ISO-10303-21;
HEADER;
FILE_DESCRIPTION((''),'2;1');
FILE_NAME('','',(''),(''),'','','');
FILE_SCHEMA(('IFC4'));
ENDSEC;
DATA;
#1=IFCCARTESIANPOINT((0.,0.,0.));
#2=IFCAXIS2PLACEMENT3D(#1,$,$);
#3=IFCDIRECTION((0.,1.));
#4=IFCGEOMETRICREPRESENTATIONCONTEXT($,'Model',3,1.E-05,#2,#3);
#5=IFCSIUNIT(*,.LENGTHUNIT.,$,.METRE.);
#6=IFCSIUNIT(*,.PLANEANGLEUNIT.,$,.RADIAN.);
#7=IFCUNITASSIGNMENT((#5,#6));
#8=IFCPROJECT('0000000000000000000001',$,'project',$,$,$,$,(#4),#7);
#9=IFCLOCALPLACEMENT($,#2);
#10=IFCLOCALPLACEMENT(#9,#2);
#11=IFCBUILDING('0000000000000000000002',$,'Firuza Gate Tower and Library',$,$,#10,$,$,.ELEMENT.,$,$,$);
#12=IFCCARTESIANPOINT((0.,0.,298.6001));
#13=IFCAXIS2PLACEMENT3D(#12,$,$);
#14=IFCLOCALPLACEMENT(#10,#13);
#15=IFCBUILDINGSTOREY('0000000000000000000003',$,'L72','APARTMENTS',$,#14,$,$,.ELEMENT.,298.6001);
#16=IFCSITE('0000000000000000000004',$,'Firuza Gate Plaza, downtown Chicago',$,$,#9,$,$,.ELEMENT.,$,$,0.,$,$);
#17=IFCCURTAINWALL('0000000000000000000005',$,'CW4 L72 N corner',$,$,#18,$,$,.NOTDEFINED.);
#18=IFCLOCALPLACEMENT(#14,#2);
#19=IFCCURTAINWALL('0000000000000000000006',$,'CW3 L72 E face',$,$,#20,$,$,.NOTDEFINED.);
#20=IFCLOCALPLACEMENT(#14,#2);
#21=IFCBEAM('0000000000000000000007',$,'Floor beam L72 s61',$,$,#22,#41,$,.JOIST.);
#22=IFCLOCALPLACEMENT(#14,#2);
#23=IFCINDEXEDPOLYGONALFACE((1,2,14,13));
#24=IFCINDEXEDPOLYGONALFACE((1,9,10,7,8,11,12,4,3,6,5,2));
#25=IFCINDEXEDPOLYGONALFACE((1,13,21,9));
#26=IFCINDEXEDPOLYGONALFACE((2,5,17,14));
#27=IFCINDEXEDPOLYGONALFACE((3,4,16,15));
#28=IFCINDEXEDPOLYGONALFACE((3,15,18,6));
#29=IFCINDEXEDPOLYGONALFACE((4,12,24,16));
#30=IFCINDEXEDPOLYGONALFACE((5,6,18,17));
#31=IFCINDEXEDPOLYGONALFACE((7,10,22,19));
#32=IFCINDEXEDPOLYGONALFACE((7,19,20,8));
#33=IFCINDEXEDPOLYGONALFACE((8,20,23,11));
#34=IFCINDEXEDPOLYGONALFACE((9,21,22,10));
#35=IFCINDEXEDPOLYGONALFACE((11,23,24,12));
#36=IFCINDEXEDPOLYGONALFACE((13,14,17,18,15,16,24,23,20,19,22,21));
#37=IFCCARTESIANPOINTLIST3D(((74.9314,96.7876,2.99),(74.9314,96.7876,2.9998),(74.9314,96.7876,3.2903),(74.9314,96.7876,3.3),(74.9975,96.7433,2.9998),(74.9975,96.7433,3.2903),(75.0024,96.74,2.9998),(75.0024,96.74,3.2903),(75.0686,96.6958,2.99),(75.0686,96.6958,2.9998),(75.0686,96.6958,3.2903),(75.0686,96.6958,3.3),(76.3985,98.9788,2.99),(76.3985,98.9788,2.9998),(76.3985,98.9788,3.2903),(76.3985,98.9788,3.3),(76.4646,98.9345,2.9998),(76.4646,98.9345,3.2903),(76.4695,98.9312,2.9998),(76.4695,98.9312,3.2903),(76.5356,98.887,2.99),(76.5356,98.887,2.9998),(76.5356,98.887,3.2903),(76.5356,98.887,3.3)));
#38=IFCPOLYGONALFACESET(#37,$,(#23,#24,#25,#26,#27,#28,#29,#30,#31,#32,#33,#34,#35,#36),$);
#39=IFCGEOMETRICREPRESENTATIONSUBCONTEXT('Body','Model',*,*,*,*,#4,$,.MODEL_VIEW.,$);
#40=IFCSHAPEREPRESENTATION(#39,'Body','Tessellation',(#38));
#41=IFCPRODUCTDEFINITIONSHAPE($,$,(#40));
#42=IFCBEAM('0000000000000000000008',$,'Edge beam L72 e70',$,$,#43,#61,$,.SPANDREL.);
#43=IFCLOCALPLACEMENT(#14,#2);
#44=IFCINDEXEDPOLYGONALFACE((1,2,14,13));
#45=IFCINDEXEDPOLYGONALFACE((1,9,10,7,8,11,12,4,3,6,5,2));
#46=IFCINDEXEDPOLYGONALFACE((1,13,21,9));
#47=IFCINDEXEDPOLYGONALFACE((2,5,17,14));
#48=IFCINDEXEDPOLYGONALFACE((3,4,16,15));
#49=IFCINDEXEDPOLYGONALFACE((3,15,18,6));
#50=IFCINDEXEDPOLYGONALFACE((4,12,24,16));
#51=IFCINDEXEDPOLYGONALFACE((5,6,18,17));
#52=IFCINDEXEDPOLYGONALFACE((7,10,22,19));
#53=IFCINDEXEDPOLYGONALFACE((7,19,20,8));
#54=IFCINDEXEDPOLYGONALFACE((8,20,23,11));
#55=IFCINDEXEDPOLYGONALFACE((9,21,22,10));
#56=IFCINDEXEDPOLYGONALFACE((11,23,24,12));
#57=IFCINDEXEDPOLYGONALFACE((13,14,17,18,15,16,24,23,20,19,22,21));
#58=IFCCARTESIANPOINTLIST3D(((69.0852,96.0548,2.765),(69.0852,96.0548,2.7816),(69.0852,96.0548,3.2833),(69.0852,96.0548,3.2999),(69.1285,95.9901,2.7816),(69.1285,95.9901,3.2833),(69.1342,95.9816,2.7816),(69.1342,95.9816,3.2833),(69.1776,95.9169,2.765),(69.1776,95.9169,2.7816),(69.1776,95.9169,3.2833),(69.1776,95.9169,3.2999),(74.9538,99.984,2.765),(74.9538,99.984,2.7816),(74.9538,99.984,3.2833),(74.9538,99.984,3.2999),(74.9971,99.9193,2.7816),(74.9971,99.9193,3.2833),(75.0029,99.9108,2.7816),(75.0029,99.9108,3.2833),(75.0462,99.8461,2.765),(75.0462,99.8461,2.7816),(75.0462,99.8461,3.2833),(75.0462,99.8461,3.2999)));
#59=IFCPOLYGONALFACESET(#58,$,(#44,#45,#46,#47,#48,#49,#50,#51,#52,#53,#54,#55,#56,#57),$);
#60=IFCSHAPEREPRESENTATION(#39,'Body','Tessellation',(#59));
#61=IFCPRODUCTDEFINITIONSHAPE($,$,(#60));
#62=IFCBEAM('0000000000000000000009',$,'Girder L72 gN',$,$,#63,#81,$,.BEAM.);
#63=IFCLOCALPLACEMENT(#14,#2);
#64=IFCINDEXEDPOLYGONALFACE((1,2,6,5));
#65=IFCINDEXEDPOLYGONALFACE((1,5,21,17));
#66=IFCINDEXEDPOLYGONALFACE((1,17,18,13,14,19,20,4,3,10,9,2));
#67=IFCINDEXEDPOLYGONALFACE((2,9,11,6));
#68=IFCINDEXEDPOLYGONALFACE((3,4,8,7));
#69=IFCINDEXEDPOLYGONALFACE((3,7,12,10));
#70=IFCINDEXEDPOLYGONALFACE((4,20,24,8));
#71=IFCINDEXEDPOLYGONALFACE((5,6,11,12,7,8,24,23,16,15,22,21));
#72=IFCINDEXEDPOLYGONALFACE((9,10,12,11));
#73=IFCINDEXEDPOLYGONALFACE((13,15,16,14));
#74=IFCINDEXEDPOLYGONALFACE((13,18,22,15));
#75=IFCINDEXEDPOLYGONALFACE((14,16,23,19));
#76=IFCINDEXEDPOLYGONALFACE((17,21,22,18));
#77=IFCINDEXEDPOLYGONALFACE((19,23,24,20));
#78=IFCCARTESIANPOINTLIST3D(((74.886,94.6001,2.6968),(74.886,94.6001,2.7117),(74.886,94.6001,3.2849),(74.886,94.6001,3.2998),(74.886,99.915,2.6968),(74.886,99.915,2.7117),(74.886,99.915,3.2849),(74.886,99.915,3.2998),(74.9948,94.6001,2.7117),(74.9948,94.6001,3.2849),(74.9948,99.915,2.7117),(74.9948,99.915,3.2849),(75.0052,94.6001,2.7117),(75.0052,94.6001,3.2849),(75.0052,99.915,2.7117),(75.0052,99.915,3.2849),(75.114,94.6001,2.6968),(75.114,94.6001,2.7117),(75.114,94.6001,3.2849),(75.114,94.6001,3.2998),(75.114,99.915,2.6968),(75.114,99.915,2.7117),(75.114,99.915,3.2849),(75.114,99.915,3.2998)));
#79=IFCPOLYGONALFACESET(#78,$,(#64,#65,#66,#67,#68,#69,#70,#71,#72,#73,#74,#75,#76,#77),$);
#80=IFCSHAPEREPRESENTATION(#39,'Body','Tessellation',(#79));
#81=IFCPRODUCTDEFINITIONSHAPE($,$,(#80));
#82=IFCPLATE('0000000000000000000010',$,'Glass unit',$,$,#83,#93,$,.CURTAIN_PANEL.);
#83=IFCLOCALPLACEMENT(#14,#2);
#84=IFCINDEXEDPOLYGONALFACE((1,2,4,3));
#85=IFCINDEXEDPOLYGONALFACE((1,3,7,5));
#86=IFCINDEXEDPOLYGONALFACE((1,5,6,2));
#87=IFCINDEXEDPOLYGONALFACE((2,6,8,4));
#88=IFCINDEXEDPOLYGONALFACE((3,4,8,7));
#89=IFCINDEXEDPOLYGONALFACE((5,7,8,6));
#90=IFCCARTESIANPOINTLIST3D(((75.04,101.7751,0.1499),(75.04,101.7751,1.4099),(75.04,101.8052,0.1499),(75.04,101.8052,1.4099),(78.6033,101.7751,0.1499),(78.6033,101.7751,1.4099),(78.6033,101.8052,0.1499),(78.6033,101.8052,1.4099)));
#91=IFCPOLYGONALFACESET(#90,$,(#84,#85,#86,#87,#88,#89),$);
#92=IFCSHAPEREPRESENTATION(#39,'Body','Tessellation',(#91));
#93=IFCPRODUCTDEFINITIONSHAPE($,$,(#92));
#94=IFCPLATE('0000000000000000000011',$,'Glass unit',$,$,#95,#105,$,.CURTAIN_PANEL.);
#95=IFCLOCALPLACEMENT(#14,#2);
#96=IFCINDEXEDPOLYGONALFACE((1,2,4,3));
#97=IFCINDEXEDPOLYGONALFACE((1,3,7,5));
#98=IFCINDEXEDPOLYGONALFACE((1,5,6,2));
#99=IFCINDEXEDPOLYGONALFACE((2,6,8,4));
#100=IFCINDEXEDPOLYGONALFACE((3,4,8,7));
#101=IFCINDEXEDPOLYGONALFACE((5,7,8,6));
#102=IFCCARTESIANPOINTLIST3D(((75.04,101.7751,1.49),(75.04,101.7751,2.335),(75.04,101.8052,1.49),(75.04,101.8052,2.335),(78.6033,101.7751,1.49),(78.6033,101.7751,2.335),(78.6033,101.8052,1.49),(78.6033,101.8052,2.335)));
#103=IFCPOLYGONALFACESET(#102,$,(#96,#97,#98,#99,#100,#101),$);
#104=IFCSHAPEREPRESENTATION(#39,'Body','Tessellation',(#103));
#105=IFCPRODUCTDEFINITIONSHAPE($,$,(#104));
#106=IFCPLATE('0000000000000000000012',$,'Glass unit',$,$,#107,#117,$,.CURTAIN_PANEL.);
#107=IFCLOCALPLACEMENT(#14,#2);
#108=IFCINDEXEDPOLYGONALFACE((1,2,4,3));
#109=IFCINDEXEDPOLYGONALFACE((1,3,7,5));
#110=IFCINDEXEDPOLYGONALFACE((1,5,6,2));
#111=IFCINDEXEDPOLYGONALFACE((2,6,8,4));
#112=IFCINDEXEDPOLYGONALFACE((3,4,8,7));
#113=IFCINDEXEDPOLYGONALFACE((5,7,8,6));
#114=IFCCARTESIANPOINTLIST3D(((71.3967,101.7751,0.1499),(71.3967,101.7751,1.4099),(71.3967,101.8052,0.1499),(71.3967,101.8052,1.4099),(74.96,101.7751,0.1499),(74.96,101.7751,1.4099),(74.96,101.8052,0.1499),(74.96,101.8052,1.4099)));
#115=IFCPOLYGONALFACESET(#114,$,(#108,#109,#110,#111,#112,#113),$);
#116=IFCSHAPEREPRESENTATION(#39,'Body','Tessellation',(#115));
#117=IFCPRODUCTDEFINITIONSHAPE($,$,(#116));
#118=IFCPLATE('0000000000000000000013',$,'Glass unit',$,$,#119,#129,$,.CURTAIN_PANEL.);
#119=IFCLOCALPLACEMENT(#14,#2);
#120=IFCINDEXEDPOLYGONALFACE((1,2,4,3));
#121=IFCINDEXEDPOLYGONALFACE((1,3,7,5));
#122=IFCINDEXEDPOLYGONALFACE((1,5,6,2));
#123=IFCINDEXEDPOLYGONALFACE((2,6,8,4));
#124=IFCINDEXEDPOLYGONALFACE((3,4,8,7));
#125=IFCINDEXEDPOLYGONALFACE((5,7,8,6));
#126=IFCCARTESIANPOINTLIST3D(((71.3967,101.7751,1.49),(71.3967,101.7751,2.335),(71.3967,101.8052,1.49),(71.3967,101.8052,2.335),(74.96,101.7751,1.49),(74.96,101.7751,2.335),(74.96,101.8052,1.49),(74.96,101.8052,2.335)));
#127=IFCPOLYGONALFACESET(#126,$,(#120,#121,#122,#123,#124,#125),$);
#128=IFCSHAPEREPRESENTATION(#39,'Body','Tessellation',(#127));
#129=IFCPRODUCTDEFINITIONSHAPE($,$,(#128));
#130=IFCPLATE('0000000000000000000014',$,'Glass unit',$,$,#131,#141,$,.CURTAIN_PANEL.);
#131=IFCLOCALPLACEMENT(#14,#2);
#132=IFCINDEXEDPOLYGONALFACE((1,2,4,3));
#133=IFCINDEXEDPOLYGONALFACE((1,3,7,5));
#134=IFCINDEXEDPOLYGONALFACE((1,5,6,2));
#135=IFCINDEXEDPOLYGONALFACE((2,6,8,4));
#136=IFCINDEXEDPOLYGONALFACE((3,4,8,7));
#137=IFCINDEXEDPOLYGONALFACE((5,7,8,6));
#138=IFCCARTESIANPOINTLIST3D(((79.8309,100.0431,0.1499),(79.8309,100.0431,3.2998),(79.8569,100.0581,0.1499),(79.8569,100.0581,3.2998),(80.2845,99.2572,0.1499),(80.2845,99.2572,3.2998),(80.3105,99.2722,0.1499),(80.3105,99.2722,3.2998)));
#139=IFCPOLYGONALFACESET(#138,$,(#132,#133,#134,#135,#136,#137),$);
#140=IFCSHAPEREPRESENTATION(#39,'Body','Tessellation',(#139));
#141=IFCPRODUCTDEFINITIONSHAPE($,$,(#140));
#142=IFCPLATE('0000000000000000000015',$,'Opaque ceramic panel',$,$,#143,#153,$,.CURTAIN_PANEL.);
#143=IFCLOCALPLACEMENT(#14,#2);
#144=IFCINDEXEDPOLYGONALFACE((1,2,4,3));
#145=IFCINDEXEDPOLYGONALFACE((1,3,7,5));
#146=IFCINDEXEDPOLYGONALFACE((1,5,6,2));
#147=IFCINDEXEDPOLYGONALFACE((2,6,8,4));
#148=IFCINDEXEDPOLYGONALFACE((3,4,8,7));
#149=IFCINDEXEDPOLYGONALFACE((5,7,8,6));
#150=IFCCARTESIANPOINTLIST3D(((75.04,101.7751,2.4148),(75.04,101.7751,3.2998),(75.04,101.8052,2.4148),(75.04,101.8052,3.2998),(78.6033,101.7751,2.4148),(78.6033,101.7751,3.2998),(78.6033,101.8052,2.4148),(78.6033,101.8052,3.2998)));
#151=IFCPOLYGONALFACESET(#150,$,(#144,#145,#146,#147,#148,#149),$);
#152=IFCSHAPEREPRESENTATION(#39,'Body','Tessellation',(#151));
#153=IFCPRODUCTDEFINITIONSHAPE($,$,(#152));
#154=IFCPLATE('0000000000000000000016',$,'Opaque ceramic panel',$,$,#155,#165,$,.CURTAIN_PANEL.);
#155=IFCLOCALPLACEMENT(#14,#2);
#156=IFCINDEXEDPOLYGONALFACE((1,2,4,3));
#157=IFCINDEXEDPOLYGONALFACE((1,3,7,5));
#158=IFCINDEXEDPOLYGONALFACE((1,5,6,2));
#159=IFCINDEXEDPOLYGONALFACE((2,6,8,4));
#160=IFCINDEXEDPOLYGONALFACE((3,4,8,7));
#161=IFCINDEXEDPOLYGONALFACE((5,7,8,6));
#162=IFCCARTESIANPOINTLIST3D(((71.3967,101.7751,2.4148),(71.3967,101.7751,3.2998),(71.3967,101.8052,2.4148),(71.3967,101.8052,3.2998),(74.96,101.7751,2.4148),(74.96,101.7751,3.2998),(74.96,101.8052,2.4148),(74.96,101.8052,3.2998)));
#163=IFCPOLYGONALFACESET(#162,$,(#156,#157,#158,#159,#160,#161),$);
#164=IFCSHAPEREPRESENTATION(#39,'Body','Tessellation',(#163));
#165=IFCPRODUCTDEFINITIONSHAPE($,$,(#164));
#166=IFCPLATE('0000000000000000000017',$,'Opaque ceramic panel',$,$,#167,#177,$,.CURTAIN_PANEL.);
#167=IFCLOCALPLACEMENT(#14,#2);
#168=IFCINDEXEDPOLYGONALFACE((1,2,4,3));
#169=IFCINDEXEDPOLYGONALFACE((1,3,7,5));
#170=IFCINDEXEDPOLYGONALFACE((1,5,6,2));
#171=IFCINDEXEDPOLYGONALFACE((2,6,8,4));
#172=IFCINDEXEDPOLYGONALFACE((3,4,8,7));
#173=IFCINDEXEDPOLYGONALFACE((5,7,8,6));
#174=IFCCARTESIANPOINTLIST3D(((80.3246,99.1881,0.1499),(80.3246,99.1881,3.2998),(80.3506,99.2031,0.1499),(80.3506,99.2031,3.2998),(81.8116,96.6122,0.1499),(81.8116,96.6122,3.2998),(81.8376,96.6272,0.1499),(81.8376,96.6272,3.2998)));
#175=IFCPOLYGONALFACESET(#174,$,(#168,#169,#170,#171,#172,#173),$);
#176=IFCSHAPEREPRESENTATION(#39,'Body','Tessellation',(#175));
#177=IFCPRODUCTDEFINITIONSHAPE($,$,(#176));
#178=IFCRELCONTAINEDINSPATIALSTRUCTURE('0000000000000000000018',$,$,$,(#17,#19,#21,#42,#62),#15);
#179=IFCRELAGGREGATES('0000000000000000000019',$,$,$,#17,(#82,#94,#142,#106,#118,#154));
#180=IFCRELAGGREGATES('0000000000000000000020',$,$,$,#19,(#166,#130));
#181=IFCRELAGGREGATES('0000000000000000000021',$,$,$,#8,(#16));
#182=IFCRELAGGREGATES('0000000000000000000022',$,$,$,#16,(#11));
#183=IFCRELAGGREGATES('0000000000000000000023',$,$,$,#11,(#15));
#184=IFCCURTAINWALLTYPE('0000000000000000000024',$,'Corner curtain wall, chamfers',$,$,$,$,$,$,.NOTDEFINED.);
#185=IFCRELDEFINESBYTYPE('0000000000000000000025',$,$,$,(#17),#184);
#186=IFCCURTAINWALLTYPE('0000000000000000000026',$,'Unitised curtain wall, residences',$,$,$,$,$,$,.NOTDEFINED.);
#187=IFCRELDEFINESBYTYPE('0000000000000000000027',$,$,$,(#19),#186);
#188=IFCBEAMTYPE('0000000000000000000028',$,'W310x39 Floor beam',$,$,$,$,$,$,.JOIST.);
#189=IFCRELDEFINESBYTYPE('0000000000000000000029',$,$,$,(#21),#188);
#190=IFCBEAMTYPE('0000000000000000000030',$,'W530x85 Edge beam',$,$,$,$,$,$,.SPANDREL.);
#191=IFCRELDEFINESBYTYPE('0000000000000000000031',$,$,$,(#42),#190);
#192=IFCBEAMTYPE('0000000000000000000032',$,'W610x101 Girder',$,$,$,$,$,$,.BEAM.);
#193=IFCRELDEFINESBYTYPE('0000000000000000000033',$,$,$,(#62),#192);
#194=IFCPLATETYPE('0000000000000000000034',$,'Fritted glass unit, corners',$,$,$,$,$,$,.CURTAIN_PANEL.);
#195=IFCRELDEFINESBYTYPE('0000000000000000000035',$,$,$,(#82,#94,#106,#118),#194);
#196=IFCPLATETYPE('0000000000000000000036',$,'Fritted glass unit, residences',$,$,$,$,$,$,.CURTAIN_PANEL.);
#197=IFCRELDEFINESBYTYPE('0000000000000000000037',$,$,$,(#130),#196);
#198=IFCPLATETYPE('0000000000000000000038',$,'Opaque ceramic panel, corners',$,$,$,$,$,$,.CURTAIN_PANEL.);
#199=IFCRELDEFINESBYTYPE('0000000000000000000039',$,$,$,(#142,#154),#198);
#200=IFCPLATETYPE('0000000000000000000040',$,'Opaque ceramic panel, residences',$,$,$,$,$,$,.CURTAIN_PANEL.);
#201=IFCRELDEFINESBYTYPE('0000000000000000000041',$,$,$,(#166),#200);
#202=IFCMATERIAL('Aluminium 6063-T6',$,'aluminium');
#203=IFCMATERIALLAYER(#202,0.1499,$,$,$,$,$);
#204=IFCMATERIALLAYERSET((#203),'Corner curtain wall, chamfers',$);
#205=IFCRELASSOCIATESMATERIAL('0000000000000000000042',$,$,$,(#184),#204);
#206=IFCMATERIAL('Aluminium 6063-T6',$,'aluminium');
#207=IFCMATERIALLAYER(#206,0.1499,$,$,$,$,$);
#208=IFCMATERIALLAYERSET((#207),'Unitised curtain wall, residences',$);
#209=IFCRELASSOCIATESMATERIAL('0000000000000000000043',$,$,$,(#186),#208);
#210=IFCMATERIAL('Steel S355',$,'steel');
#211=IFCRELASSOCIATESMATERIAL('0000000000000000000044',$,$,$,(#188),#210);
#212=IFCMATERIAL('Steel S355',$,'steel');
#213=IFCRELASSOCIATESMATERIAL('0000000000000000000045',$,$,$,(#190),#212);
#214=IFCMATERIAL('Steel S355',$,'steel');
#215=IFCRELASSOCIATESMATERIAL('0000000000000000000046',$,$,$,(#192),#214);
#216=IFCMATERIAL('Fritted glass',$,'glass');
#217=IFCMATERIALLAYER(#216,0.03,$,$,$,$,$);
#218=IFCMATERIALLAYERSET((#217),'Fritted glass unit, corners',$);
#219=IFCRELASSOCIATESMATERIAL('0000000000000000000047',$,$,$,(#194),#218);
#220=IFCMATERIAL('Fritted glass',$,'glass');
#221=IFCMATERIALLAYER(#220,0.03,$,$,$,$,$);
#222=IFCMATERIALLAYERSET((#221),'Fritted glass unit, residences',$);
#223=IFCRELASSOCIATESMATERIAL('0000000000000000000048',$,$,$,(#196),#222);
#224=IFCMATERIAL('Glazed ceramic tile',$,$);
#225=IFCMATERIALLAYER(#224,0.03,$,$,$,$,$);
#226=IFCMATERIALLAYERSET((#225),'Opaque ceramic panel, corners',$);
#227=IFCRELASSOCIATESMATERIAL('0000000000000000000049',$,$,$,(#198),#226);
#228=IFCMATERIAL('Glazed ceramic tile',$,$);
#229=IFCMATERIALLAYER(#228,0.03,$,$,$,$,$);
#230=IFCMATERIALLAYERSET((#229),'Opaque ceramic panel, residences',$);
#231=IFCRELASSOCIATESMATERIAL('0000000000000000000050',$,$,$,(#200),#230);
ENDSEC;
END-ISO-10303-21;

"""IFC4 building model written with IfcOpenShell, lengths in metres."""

from ifc_helpers import new_model, si_unit, direction, frame, origin, origin_2d, place, context, subcontext, project, spatial, polyline, i_section, outline, extrude, material, layer, layer_set, material_profile, profile_set, type_object, element, aggregate, save


model = new_model("IFC4")

# Units and contexts
model_context = context("Model", 3, precision=1e-05, world=origin(), true_north=direction((0.0, 1.0)))
body_context = subcontext(model_context, "Body", "Model", "MODEL_VIEW")
ifc_project = project(units=[si_unit("LENGTHUNIT", "METRE"), si_unit("PLANEANGLEUNIT", "RADIAN")], contexts=[model_context])

# Site, building, storey
site_placement = place(None, origin())
site = spatial("IfcSite", under=ifc_project, at=site_placement, Name="Firuza Gate Plaza, downtown Chicago", CompositionType="ELEMENT", RefElevation=0.0)
building_placement = place(site_placement, origin())
building = spatial("IfcBuilding", under=site, at=building_placement, Name="Firuza Gate Tower and Library", CompositionType="ELEMENT")
storey_placement = place(building_placement, frame((0.0, 0.0, 298.6001)))
storey = spatial("IfcBuildingStorey", under=building, at=storey_placement, Name="L72", Description="APARTMENTS", CompositionType="ELEMENT", Elevation=298.6001)

# Curtain walls
ifc_material_1 = material(Name="Aluminium 6063-T6", Category="aluminium")
ifc_layer_1 = layer(ifc_material_1, 0.1499)
ifc_layer_set_1 = layer_set([ifc_layer_1], Name="Corner curtain wall, chamfers")
curtain_wall_type_1 = type_object("IfcCurtainWallType", Name="Corner curtain wall, chamfers", PredefinedType="NOTDEFINED", material=ifc_layer_set_1)
placement = place(storey_placement, origin())
curtain_wall_1 = element("IfcCurtainWall", 1, at=placement, inside=storey, type_object=curtain_wall_type_1, Name="CW4 L72 N corner", PredefinedType="NOTDEFINED")
ifc_material_2 = material(Name="Aluminium 6063-T6", Category="aluminium")
ifc_layer_2 = layer(ifc_material_2, 0.1499)
ifc_layer_set_2 = layer_set([ifc_layer_2], Name="Unitised curtain wall, residences")
curtain_wall_type_2 = type_object("IfcCurtainWallType", Name="Unitised curtain wall, residences", PredefinedType="NOTDEFINED", material=ifc_layer_set_2)
curtain_wall_2 = element("IfcCurtainWall", 2, at=placement, inside=storey, type_object=curtain_wall_type_2, Name="CW3 L72 E face", PredefinedType="NOTDEFINED")

# Beams
ifc_material_3 = material(Name="Steel S355", Category="steel")
ifc_material_profile_1 = material_profile(ifc_material_3, i_section(OverallWidth=0.165, OverallDepth=0.3101, WebThickness=0.0059, FlangeThickness=0.0098, at=origin_2d()))
ifc_profile_set_1 = profile_set([ifc_material_profile_1], Name="Steel S355")
beam_type_1 = type_object("IfcBeamType", Name="W310x39 Floor beam", PredefinedType="JOIST", material=ifc_profile_set_1)
beam_1_placement = place(storey_placement, frame((76.467, 98.9329, 3.145), z_axis=(-0.556344, -0.830952, 0.0), x_axis=(0.830952, -0.556344, 0.0)))
element("IfcBeam", 3, at=beam_1_placement, inside=storey, type_object=beam_type_1, Name="Floor beam L72 s61", PredefinedType="JOIST", context=body_context, shape_type="SweptSolid", body=[
    extrude(i_section(OverallWidth=0.165, OverallDepth=0.3101, WebThickness=0.0059, FlangeThickness=0.0098, at=origin_2d()), origin(), (0.0, 0.0, 1.0), 2.637),
])
ifc_material_4 = material(Name="Steel S355", Category="steel")
ifc_material_profile_2 = material_profile(ifc_material_4, i_section(OverallWidth=0.166, OverallDepth=0.5349, WebThickness=0.0103, FlangeThickness=0.0166, at=origin_2d()))
ifc_profile_set_2 = profile_set([ifc_material_profile_2], Name="Steel S355")
beam_type_2 = type_object("IfcBeamType", Name="W530x85 Edge beam", PredefinedType="SPANDREL", material=ifc_profile_set_2)
beam_2_placement = place(storey_placement, frame((75.0, 99.915, 3.0325), z_axis=(-0.830953, -0.556342, 0.0), x_axis=(0.556342, -0.830953, 0.0)))
element("IfcBeam", 4, at=beam_2_placement, inside=storey, type_object=beam_type_2, Name="Edge beam L72 e70", PredefinedType="SPANDREL", context=body_context, shape_type="SweptSolid", body=[
    extrude(i_section(OverallWidth=0.166, OverallDepth=0.5349, WebThickness=0.0103, FlangeThickness=0.0166, at=origin_2d()), origin(), (0.0, 0.0, 1.0), 7.0625),
])
ifc_material_5 = material(Name="Steel S355", Category="steel")
ifc_material_profile_3 = material_profile(ifc_material_5, i_section(OverallWidth=0.228, OverallDepth=0.603, WebThickness=0.0105, FlangeThickness=0.0149, at=origin_2d()))
ifc_profile_set_3 = profile_set([ifc_material_profile_3], Name="Steel S355")
beam_type_3 = type_object("IfcBeamType", Name="W610x101 Girder", PredefinedType="BEAM", material=ifc_profile_set_3)
beam_3_placement = place(storey_placement, frame((75.0, 99.915, 2.9983), z_axis=(0.0, -1.0, 0.0), x_axis=(1.0, 0.0, 0.0)))
element("IfcBeam", 5, at=beam_3_placement, inside=storey, type_object=beam_type_3, Name="Girder L72 gN", PredefinedType="BEAM", context=body_context, shape_type="SweptSolid", body=[
    extrude(i_section(OverallWidth=0.228, OverallDepth=0.603, WebThickness=0.0105, FlangeThickness=0.0149, at=origin_2d()), origin(), (0.0, 0.0, 1.0), 5.3149),
])

# Plates
ifc_material_6 = material(Name="Fritted glass", Category="glass")
ifc_layer_3 = layer(ifc_material_6, 0.03)
ifc_layer_set_3 = layer_set([ifc_layer_3], Name="Fritted glass unit, corners")
plate_type_1 = type_object("IfcPlateType", Name="Fritted glass unit, corners", PredefinedType="CURTAIN_PANEL", material=ifc_layer_set_3)
plate_1_placement = place(storey_placement, frame((78.6033, 101.8052, 0.1499), z_axis=(0.0, 1.0, 0.0), x_axis=(-1.0, 0.0, 0.0)))
plate_1 = element("IfcPlate", 6, at=plate_1_placement, type_object=plate_type_1, Name="Glass unit", PredefinedType="CURTAIN_PANEL", context=body_context, shape_type="SweptSolid", body=[
    extrude(outline(polyline([(0.0, 0.0), (3.5632, 0.0), (3.5632, 1.26), (0.0, 1.26), (0.0, 0.0)])), origin(), (0.0, 0.0, -1.0), 0.03),
])
plate_2_placement = place(storey_placement, frame((78.6033, 101.8052, 1.49), z_axis=(0.0, 1.0, 0.0), x_axis=(-1.0, 0.0, 0.0)))
plate_2 = element("IfcPlate", 7, at=plate_2_placement, type_object=plate_type_1, Name="Glass unit", PredefinedType="CURTAIN_PANEL", context=body_context, shape_type="SweptSolid", body=[
    extrude(outline(polyline([(0.0, 0.0), (3.5632, 0.0), (3.5632, 0.845), (0.0, 0.845), (0.0, 0.0)])), origin(), (0.0, 0.0, -1.0), 0.03),
])
plate_3_placement = place(storey_placement, frame((74.96, 101.8052, 0.1499), z_axis=(0.0, 1.0, 0.0), x_axis=(-1.0, 0.0, 0.0)))
plate_3 = element("IfcPlate", 8, at=plate_3_placement, type_object=plate_type_1, Name="Glass unit", PredefinedType="CURTAIN_PANEL", context=body_context, shape_type="SweptSolid", body=[
    extrude(outline(polyline([(0.0, 0.0), (3.5632, 0.0), (3.5632, 1.26), (0.0, 1.26), (0.0, 0.0)])), origin(), (0.0, 0.0, -1.0), 0.03),
])
plate_4_placement = place(storey_placement, frame((74.96, 101.8052, 1.49), z_axis=(0.0, 1.0, 0.0), x_axis=(-1.0, 0.0, 0.0)))
plate_4 = element("IfcPlate", 9, at=plate_4_placement, type_object=plate_type_1, Name="Glass unit", PredefinedType="CURTAIN_PANEL", context=body_context, shape_type="SweptSolid", body=[
    extrude(outline(polyline([(0.0, 0.0), (3.5632, 0.0), (3.5632, 0.845), (0.0, 0.845), (0.0, 0.0)])), origin(), (0.0, 0.0, -1.0), 0.03),
])
ifc_material_7 = material(Name="Fritted glass", Category="glass")
ifc_layer_4 = layer(ifc_material_7, 0.03)
ifc_layer_set_4 = layer_set([ifc_layer_4], Name="Fritted glass unit, residences")
plate_type_2 = type_object("IfcPlateType", Name="Fritted glass unit, residences", PredefinedType="CURTAIN_PANEL", material=ifc_layer_set_4)
plate_5_placement = place(storey_placement, frame((80.3105, 99.2722, 0.1499), z_axis=(0.866083, 0.499901, 0.0), x_axis=(-0.499901, 0.866083, 0.0)))
plate_5 = element("IfcPlate", 10, at=plate_5_placement, type_object=plate_type_2, Name="Glass unit", PredefinedType="CURTAIN_PANEL", context=body_context, shape_type="SweptSolid", body=[
    extrude(outline(polyline([(0.0, 0.0), (0.9074, 0.0), (0.9074, 3.1499), (0.0, 3.1499), (0.0, 0.0)])), origin(), (0.0, 0.0, -1.0), 0.03),
])
ifc_material_8 = material(Name="Glazed ceramic tile")
ifc_layer_5 = layer(ifc_material_8, 0.03)
ifc_layer_set_5 = layer_set([ifc_layer_5], Name="Opaque ceramic panel, corners")
plate_type_3 = type_object("IfcPlateType", Name="Opaque ceramic panel, corners", PredefinedType="CURTAIN_PANEL", material=ifc_layer_set_5)
plate_6_placement = place(storey_placement, frame((78.6033, 101.8052, 2.4148), z_axis=(0.0, 1.0, 0.0), x_axis=(-1.0, 0.0, 0.0)))
plate_6 = element("IfcPlate", 11, at=plate_6_placement, type_object=plate_type_3, Name="Opaque ceramic panel", PredefinedType="CURTAIN_PANEL", context=body_context, shape_type="SweptSolid", body=[
    extrude(outline(polyline([(0.0, 0.0), (3.5632, 0.0), (3.5632, 0.885), (0.0, 0.885), (0.0, 0.0)])), origin(), (0.0, 0.0, -1.0), 0.03),
])
plate_7_placement = place(storey_placement, frame((74.96, 101.8052, 2.4148), z_axis=(0.0, 1.0, 0.0), x_axis=(-1.0, 0.0, 0.0)))
plate_7 = element("IfcPlate", 12, at=plate_7_placement, type_object=plate_type_3, Name="Opaque ceramic panel", PredefinedType="CURTAIN_PANEL", context=body_context, shape_type="SweptSolid", body=[
    extrude(outline(polyline([(0.0, 0.0), (3.5632, 0.0), (3.5632, 0.885), (0.0, 0.885), (0.0, 0.0)])), origin(), (0.0, 0.0, -1.0), 0.03),
])
aggregate(curtain_wall_1, [plate_1, plate_2, plate_6, plate_3, plate_4, plate_7])
ifc_material_9 = material(Name="Glazed ceramic tile")
ifc_layer_6 = layer(ifc_material_9, 0.03)
ifc_layer_set_6 = layer_set([ifc_layer_6], Name="Opaque ceramic panel, residences")
plate_type_4 = type_object("IfcPlateType", Name="Opaque ceramic panel, residences", PredefinedType="CURTAIN_PANEL", material=ifc_layer_set_6)
plate_8_placement = place(storey_placement, frame((81.8376, 96.6272, 0.1499), z_axis=(0.866048, 0.499962, 0.0), x_axis=(-0.499962, 0.866048, 0.0)))
plate_8 = element("IfcPlate", 13, at=plate_8_placement, type_object=plate_type_4, Name="Opaque ceramic panel", PredefinedType="CURTAIN_PANEL", context=body_context, shape_type="SweptSolid", body=[
    extrude(outline(polyline([(0.0, 0.0), (2.9743, 0.0), (2.9743, 3.1499), (0.0, 3.1499), (0.0, 0.0)])), origin(), (0.0, 0.0, -1.0), 0.03),
])
aggregate(curtain_wall_2, [plate_8, plate_5])

save(model, "model.ifc")
